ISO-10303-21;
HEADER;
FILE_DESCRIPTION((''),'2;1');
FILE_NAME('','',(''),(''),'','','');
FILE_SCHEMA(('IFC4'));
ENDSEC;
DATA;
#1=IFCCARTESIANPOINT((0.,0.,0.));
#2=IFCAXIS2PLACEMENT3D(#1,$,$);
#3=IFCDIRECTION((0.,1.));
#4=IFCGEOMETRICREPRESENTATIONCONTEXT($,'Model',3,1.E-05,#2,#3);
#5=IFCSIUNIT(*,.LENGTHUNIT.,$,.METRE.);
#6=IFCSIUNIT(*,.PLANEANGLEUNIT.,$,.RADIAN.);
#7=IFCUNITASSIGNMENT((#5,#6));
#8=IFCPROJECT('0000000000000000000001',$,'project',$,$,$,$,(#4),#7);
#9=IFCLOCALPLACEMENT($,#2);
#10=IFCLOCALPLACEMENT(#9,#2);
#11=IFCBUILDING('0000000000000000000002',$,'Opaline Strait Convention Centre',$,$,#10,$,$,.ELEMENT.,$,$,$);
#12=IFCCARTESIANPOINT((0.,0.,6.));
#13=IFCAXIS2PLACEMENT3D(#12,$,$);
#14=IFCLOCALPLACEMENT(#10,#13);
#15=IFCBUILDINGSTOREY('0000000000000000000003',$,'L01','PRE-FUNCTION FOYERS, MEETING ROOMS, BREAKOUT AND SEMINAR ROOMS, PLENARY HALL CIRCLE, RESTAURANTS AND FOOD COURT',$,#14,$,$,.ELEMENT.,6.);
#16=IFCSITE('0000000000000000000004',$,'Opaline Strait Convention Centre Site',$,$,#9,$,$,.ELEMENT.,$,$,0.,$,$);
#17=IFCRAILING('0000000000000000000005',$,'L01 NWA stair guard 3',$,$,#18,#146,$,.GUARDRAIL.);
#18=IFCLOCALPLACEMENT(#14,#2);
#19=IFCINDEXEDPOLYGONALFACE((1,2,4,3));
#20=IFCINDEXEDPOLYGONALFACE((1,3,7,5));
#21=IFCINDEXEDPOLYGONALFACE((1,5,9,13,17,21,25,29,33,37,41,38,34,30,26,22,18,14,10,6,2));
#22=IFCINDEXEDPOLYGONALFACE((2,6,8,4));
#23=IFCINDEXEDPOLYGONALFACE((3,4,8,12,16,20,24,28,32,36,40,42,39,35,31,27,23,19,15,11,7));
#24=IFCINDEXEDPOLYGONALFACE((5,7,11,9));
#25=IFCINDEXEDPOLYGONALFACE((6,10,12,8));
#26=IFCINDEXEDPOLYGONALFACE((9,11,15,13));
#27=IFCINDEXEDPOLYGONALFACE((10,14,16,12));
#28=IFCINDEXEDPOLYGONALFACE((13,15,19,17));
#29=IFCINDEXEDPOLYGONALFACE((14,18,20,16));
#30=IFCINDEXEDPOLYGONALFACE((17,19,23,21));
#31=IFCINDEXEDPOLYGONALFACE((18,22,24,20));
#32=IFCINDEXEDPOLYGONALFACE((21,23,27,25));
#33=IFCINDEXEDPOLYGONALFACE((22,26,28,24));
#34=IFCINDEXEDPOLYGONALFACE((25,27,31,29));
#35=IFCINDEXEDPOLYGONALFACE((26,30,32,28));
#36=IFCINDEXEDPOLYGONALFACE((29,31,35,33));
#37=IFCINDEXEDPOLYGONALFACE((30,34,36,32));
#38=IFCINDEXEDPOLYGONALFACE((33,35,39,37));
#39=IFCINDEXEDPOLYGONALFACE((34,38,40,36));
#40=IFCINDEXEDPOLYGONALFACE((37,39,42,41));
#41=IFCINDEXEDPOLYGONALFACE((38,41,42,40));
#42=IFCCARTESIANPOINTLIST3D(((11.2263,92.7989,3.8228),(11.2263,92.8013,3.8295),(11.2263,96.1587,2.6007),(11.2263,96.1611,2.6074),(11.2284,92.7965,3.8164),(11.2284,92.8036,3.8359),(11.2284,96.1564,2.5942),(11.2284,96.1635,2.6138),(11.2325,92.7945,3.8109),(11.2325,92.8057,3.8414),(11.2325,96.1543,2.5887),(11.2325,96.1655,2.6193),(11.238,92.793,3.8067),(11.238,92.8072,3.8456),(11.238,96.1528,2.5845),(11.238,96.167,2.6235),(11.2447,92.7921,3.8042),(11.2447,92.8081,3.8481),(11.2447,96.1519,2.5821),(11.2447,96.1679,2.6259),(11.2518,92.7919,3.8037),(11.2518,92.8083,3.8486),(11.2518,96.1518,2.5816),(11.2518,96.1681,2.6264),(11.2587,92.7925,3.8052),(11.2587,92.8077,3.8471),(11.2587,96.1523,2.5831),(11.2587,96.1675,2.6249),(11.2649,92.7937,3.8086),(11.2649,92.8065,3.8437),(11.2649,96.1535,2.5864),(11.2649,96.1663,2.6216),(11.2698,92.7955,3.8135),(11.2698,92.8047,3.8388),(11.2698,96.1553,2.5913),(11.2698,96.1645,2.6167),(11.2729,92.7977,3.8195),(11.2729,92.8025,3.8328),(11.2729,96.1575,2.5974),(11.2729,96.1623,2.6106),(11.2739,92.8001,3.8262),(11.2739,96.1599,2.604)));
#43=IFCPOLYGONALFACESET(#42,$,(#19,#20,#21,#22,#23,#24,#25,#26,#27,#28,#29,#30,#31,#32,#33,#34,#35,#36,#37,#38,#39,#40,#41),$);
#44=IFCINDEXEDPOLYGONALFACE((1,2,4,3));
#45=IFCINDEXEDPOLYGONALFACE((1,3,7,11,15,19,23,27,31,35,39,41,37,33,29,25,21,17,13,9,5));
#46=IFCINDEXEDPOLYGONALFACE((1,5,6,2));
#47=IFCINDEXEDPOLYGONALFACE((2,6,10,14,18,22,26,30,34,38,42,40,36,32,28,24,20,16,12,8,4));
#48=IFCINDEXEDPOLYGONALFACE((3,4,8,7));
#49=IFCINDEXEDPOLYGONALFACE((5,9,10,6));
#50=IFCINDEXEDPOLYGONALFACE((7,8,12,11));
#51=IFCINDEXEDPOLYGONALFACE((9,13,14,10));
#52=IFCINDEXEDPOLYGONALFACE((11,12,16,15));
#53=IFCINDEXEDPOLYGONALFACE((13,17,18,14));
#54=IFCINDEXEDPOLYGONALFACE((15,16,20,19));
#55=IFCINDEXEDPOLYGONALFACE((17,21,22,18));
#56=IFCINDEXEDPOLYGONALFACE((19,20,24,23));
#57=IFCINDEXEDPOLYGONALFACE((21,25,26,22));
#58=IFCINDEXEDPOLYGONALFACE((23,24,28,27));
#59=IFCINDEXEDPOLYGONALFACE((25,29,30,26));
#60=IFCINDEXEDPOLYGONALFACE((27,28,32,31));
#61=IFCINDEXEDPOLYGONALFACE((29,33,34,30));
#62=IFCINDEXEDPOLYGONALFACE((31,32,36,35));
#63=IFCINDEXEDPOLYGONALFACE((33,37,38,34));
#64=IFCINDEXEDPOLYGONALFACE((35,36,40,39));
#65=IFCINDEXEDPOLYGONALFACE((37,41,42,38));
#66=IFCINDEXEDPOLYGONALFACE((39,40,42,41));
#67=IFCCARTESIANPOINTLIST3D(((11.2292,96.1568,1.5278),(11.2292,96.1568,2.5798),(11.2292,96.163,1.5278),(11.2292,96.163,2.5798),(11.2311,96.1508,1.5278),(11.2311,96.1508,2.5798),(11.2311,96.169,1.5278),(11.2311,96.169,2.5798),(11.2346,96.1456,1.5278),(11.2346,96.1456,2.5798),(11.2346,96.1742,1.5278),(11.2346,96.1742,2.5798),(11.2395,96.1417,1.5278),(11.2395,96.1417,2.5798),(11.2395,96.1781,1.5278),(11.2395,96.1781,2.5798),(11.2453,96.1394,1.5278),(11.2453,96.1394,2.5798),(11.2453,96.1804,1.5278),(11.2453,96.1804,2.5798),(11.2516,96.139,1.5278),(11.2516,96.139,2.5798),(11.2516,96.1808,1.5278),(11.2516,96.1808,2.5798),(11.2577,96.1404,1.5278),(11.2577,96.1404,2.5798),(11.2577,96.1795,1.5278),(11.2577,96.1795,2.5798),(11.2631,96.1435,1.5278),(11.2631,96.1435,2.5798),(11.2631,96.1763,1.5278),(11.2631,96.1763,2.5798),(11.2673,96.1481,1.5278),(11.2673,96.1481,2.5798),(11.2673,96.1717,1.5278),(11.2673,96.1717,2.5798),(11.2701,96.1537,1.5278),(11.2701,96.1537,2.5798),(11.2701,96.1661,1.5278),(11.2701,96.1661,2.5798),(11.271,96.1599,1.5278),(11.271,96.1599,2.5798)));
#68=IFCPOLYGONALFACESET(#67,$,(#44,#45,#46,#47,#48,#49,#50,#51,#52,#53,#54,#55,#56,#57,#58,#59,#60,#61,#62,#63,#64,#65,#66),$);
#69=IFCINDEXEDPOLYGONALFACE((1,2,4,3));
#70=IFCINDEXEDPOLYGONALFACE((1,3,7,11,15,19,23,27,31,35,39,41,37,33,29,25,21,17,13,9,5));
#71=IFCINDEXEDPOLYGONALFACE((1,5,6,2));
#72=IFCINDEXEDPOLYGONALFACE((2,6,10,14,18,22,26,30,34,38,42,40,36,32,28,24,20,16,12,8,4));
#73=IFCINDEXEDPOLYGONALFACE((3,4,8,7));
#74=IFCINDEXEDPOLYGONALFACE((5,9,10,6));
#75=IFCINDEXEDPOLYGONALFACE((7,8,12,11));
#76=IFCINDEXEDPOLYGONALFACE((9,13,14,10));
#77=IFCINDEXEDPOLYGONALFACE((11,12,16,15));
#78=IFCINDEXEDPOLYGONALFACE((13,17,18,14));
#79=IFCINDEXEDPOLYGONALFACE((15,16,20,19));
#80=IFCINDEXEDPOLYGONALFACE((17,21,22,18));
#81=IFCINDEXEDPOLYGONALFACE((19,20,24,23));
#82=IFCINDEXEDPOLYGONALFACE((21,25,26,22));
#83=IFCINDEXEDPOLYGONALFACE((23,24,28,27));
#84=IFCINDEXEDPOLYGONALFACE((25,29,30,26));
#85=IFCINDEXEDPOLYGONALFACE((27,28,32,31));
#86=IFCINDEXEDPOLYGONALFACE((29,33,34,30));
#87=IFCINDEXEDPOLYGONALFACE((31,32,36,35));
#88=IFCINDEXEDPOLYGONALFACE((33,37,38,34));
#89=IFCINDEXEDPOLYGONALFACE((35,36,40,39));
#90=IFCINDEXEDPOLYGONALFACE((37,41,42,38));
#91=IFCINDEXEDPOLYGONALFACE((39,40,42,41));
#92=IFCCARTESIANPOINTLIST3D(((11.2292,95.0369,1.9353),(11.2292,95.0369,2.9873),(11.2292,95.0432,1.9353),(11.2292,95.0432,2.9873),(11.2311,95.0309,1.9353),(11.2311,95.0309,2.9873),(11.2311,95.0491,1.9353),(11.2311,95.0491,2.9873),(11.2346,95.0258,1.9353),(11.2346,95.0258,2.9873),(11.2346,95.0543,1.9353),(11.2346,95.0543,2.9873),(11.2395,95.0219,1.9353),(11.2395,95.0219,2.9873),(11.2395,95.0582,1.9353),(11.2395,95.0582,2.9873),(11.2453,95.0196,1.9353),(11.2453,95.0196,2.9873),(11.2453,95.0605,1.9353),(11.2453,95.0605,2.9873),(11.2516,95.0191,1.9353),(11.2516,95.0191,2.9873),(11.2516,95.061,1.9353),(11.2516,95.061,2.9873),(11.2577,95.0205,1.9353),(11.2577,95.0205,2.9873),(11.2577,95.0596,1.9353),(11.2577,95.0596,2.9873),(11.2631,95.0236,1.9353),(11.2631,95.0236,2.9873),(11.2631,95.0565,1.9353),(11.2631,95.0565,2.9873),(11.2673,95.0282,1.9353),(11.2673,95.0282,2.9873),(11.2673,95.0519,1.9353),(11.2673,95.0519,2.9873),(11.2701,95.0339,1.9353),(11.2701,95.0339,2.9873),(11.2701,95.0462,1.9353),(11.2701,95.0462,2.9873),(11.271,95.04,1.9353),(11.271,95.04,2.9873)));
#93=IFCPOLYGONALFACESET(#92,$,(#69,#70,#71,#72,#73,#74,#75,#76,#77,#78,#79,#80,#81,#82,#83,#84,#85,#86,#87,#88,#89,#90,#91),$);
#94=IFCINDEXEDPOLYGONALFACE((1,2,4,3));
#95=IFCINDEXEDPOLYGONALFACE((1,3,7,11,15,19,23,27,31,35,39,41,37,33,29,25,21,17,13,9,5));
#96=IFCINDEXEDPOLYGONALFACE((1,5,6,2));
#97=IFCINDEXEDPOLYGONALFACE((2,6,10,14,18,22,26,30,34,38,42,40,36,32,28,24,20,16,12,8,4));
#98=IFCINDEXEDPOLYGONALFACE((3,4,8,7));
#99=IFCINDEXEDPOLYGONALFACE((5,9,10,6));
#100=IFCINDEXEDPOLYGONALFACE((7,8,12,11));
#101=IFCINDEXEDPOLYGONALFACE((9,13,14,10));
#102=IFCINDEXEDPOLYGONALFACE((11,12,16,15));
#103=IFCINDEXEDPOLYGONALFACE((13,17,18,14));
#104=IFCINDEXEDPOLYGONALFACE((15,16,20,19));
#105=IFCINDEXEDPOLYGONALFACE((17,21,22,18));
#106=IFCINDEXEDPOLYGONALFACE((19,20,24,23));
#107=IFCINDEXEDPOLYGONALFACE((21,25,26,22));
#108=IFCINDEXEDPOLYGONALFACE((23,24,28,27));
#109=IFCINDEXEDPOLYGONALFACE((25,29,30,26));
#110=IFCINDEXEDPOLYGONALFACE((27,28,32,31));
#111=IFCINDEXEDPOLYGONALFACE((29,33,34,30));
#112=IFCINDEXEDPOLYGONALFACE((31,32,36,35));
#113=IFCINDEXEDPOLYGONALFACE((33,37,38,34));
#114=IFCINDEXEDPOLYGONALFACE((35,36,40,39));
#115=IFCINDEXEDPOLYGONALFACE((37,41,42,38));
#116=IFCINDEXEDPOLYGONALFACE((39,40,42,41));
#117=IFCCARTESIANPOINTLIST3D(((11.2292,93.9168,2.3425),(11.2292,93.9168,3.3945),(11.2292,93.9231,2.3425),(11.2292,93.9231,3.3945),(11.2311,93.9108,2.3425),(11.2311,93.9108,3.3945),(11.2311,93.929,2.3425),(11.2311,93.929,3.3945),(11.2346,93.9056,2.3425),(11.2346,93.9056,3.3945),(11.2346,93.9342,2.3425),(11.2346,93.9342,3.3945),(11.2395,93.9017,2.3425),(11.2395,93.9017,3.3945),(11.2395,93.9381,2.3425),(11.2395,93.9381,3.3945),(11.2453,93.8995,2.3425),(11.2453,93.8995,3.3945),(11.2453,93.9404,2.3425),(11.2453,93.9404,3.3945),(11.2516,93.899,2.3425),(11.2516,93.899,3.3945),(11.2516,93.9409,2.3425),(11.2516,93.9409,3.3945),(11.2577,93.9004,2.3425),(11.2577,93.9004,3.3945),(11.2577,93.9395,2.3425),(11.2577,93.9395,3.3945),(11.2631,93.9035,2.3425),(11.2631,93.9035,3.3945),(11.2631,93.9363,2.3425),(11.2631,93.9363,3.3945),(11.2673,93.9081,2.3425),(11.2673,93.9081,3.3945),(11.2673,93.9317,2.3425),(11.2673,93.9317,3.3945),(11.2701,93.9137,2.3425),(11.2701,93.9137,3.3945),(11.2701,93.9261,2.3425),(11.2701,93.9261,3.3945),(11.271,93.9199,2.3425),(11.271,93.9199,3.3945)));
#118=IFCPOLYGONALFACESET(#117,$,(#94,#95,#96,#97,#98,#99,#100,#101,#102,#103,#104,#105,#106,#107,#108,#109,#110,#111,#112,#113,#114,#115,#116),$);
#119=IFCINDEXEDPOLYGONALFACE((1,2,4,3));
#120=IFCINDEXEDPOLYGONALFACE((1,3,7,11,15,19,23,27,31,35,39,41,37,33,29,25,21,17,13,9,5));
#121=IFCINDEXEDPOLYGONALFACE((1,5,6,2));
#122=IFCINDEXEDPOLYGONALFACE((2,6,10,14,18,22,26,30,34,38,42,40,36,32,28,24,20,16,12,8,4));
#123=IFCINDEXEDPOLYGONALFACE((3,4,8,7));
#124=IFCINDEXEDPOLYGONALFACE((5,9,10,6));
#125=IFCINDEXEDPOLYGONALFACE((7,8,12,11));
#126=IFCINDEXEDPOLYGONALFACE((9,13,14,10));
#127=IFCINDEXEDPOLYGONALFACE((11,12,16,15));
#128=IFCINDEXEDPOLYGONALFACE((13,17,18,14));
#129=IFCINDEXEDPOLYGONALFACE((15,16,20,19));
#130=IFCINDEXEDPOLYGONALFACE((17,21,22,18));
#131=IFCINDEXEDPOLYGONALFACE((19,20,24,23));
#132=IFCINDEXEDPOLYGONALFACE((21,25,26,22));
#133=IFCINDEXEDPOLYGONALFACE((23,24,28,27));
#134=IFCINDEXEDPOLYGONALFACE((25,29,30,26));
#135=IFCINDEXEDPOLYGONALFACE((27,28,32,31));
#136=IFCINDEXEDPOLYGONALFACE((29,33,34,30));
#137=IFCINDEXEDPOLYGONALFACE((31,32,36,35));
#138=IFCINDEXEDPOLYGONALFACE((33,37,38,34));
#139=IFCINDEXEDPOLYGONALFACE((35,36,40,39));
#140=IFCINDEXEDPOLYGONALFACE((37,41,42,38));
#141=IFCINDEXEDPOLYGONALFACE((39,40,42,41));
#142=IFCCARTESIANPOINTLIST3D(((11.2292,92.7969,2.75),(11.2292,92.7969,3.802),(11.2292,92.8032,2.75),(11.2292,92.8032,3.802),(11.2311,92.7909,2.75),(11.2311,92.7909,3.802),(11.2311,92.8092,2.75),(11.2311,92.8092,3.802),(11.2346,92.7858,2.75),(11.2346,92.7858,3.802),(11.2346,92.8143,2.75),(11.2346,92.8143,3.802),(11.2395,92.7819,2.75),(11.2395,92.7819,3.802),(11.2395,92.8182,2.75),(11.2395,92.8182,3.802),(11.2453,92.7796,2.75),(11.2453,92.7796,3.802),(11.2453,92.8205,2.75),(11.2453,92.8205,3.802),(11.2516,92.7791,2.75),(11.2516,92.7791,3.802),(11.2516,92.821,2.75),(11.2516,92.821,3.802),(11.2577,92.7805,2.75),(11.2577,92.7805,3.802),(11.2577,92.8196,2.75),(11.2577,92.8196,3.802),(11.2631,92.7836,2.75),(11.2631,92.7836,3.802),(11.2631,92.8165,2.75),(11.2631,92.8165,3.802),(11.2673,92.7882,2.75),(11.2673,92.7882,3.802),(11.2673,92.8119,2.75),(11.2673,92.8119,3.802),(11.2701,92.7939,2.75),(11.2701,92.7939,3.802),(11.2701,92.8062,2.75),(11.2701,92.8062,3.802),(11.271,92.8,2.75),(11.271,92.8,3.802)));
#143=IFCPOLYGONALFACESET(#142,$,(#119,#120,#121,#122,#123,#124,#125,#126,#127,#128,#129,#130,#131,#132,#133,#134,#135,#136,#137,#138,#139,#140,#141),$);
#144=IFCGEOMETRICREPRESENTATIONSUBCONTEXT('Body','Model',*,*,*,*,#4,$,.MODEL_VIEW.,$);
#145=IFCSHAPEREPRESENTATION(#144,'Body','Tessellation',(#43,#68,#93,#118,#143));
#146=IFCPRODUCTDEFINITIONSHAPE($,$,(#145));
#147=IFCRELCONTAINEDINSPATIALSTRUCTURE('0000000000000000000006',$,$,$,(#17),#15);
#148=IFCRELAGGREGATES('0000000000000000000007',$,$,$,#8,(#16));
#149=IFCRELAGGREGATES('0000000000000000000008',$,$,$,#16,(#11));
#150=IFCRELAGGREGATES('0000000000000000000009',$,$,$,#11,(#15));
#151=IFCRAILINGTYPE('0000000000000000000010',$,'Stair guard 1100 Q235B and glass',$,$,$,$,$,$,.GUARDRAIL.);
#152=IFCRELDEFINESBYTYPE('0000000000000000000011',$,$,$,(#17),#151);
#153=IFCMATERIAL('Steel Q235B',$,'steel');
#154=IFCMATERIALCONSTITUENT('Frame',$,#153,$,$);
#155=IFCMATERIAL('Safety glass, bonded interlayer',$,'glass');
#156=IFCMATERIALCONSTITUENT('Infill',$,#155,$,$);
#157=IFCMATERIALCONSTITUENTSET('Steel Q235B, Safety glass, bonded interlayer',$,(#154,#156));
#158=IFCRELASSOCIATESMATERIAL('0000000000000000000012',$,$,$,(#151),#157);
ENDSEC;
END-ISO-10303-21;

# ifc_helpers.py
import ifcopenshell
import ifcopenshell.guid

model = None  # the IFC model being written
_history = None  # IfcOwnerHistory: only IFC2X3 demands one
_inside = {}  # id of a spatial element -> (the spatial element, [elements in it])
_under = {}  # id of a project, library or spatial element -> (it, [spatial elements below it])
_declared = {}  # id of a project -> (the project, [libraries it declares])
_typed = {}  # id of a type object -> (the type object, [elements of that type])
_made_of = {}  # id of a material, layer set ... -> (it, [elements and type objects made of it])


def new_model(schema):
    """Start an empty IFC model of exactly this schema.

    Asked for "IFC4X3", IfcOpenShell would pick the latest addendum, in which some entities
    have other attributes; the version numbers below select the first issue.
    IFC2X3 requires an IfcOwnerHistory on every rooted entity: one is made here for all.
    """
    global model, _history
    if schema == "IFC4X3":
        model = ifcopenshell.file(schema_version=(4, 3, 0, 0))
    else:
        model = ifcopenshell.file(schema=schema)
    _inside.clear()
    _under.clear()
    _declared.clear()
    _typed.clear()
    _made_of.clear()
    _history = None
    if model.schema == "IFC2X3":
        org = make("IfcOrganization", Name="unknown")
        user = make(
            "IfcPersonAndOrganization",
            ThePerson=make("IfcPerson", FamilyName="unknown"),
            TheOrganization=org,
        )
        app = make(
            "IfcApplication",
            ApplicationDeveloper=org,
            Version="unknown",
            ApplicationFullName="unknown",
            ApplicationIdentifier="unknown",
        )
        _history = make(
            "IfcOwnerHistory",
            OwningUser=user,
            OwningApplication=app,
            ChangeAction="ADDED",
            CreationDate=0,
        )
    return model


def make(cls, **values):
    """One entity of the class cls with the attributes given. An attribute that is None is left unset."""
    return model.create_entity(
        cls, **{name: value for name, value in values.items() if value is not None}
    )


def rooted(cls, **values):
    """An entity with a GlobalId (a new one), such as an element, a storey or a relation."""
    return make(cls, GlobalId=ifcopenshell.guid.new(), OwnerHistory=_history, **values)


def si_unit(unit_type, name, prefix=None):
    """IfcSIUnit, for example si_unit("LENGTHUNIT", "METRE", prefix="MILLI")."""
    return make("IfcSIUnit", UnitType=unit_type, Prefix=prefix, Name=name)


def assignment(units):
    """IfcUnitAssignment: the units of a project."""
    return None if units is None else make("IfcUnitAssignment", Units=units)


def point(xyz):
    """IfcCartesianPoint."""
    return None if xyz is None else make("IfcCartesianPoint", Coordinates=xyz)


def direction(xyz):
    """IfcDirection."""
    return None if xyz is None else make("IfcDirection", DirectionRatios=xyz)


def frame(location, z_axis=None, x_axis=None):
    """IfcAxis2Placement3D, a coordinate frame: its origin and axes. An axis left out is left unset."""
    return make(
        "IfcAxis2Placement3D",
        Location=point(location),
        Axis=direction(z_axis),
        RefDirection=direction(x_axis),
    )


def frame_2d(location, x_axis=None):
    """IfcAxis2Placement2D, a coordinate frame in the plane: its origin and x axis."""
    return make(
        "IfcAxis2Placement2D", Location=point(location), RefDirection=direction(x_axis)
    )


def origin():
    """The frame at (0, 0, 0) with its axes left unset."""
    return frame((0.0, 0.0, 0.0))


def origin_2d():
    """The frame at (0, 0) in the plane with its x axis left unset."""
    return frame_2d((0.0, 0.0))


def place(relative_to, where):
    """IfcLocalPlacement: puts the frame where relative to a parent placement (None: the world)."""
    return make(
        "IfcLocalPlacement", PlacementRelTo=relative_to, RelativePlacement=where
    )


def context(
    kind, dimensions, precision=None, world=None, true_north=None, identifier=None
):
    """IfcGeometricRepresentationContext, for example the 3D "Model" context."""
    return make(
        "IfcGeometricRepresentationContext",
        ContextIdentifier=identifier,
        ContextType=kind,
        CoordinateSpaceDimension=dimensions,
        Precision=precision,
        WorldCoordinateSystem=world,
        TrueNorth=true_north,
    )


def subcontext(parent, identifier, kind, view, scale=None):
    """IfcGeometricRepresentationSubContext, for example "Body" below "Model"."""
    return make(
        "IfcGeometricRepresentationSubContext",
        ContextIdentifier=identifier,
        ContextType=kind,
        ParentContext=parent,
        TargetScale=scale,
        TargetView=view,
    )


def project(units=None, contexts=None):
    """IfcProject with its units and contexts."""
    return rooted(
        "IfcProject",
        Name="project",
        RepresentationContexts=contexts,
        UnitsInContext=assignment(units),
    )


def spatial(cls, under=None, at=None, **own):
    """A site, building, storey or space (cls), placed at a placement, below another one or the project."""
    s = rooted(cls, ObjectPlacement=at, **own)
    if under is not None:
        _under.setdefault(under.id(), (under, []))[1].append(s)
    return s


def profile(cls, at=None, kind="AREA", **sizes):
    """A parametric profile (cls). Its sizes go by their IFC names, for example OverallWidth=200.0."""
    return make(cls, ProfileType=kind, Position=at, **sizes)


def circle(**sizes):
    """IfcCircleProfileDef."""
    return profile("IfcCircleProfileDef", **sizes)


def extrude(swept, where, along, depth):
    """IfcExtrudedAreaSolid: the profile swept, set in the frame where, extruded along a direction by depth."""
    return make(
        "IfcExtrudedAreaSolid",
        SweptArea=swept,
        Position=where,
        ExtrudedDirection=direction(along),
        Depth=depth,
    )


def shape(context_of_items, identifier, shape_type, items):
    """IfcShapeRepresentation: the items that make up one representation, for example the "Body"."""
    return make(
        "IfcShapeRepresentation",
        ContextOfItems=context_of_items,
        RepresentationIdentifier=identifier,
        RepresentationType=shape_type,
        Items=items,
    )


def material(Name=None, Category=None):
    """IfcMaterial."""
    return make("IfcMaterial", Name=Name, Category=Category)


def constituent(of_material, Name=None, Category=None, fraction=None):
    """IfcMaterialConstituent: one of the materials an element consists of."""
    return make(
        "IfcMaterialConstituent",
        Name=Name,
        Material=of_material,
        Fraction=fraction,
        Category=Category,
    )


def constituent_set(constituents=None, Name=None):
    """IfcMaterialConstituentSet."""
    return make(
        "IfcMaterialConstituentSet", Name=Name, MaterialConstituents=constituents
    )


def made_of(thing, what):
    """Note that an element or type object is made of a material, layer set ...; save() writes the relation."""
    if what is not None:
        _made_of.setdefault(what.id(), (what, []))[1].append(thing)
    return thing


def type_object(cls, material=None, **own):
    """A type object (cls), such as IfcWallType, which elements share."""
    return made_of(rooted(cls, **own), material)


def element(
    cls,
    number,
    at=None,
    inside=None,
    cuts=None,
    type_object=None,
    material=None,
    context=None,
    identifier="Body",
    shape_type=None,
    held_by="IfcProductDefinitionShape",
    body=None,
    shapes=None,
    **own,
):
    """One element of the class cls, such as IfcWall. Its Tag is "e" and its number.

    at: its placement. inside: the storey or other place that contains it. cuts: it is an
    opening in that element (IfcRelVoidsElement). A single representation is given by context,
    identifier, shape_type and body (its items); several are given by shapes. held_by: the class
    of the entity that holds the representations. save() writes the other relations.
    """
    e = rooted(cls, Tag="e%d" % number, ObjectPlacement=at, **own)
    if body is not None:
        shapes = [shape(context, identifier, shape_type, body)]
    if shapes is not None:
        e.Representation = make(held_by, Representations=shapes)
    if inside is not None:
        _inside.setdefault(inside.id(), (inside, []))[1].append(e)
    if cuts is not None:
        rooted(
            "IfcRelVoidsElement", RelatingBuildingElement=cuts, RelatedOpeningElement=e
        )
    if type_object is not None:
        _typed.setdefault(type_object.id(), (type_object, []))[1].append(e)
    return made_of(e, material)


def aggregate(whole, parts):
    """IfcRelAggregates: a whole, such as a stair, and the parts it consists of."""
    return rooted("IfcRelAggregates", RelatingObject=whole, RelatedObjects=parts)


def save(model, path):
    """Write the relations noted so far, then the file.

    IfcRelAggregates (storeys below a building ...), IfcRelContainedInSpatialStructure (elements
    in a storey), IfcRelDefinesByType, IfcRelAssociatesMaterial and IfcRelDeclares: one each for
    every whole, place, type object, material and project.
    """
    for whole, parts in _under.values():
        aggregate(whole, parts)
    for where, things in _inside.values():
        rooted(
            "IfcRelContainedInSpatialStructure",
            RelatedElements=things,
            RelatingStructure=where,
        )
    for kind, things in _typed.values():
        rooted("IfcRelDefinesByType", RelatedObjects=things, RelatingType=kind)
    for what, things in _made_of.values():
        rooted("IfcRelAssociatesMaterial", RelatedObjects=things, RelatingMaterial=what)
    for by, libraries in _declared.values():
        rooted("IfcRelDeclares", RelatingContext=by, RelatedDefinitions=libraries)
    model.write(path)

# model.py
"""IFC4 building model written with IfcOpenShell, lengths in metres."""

from ifc_helpers import new_model, si_unit, direction, frame, origin, origin_2d, place, context, subcontext, project, spatial, circle, extrude, material, constituent, constituent_set, type_object, element, save


model = new_model("IFC4")

# Units and contexts
model_context = context("Model", 3, precision=1e-05, world=origin(), true_north=direction((0.0, 1.0)))
body_context = subcontext(model_context, "Body", "Model", "MODEL_VIEW")
ifc_project = project(units=[si_unit("LENGTHUNIT", "METRE"), si_unit("PLANEANGLEUNIT", "RADIAN")], contexts=[model_context])

# Site, building, storey
site_placement = place(None, origin())
site = spatial("IfcSite", under=ifc_project, at=site_placement, Name="Opaline Strait Convention Centre Site", CompositionType="ELEMENT", RefElevation=0.0)
building_placement = place(site_placement, origin())
building = spatial("IfcBuilding", under=site, at=building_placement, Name="Opaline Strait Convention Centre", CompositionType="ELEMENT")
storey_placement = place(building_placement, frame((0.0, 0.0, 6.0)))
storey = spatial("IfcBuildingStorey", under=building, at=storey_placement, Name="L01", Description="PRE-FUNCTION FOYERS, MEETING ROOMS, BREAKOUT AND SEMINAR ROOMS, PLENARY HALL CIRCLE, RESTAURANTS AND FOOD COURT", CompositionType="ELEMENT", Elevation=6.0)

# Railing
ifc_material_1 = material(Name="Steel Q235B", Category="steel")
ifc_constituent_1 = constituent(ifc_material_1, Name="Frame")
ifc_material_2 = material(Name="Safety glass, bonded interlayer", Category="glass")
ifc_constituent_2 = constituent(ifc_material_2, Name="Infill")
ifc_constituent_set = constituent_set(constituents=[ifc_constituent_1, ifc_constituent_2], Name="Steel Q235B, Safety glass, bonded interlayer")
railing_type_1 = type_object("IfcRailingType", Name="Stair guard 1100 Q235B and glass", PredefinedType="GUARDRAIL", material=ifc_constituent_set)
railing_1_placement = place(storey_placement, frame((11.25, 96.1599, 1.5278)))
element("IfcRailing", 1, at=railing_1_placement, inside=storey, type_object=railing_type_1, Name="L01 NWA stair guard 3", PredefinedType="GUARDRAIL", context=body_context, shape_type="SweptSolid", body=[
    extrude(circle(Radius=0.0239, at=origin_2d()), frame((0.0, 0.0, 1.0762), z_axis=(0.0, -0.939758, 0.341842), x_axis=(1.0, 0.0, 0.0)), (0.0, 0.0, 1.0), 3.5752),
    extrude(circle(Radius=0.021, at=origin_2d()), origin(), (0.0, 0.0, 1.0), 1.052),
    extrude(circle(Radius=0.021, at=origin_2d()), frame((0.0, -1.1199, 0.4075)), (0.0, 0.0, 1.0), 1.052),
    extrude(circle(Radius=0.021, at=origin_2d()), frame((0.0, -2.24, 0.8147)), (0.0, 0.0, 1.0), 1.052),
    extrude(circle(Radius=0.021, at=origin_2d()), frame((0.0, -3.3599, 1.2222)), (0.0, 0.0, 1.0), 1.052),
])

save(model, "model.ifc")
